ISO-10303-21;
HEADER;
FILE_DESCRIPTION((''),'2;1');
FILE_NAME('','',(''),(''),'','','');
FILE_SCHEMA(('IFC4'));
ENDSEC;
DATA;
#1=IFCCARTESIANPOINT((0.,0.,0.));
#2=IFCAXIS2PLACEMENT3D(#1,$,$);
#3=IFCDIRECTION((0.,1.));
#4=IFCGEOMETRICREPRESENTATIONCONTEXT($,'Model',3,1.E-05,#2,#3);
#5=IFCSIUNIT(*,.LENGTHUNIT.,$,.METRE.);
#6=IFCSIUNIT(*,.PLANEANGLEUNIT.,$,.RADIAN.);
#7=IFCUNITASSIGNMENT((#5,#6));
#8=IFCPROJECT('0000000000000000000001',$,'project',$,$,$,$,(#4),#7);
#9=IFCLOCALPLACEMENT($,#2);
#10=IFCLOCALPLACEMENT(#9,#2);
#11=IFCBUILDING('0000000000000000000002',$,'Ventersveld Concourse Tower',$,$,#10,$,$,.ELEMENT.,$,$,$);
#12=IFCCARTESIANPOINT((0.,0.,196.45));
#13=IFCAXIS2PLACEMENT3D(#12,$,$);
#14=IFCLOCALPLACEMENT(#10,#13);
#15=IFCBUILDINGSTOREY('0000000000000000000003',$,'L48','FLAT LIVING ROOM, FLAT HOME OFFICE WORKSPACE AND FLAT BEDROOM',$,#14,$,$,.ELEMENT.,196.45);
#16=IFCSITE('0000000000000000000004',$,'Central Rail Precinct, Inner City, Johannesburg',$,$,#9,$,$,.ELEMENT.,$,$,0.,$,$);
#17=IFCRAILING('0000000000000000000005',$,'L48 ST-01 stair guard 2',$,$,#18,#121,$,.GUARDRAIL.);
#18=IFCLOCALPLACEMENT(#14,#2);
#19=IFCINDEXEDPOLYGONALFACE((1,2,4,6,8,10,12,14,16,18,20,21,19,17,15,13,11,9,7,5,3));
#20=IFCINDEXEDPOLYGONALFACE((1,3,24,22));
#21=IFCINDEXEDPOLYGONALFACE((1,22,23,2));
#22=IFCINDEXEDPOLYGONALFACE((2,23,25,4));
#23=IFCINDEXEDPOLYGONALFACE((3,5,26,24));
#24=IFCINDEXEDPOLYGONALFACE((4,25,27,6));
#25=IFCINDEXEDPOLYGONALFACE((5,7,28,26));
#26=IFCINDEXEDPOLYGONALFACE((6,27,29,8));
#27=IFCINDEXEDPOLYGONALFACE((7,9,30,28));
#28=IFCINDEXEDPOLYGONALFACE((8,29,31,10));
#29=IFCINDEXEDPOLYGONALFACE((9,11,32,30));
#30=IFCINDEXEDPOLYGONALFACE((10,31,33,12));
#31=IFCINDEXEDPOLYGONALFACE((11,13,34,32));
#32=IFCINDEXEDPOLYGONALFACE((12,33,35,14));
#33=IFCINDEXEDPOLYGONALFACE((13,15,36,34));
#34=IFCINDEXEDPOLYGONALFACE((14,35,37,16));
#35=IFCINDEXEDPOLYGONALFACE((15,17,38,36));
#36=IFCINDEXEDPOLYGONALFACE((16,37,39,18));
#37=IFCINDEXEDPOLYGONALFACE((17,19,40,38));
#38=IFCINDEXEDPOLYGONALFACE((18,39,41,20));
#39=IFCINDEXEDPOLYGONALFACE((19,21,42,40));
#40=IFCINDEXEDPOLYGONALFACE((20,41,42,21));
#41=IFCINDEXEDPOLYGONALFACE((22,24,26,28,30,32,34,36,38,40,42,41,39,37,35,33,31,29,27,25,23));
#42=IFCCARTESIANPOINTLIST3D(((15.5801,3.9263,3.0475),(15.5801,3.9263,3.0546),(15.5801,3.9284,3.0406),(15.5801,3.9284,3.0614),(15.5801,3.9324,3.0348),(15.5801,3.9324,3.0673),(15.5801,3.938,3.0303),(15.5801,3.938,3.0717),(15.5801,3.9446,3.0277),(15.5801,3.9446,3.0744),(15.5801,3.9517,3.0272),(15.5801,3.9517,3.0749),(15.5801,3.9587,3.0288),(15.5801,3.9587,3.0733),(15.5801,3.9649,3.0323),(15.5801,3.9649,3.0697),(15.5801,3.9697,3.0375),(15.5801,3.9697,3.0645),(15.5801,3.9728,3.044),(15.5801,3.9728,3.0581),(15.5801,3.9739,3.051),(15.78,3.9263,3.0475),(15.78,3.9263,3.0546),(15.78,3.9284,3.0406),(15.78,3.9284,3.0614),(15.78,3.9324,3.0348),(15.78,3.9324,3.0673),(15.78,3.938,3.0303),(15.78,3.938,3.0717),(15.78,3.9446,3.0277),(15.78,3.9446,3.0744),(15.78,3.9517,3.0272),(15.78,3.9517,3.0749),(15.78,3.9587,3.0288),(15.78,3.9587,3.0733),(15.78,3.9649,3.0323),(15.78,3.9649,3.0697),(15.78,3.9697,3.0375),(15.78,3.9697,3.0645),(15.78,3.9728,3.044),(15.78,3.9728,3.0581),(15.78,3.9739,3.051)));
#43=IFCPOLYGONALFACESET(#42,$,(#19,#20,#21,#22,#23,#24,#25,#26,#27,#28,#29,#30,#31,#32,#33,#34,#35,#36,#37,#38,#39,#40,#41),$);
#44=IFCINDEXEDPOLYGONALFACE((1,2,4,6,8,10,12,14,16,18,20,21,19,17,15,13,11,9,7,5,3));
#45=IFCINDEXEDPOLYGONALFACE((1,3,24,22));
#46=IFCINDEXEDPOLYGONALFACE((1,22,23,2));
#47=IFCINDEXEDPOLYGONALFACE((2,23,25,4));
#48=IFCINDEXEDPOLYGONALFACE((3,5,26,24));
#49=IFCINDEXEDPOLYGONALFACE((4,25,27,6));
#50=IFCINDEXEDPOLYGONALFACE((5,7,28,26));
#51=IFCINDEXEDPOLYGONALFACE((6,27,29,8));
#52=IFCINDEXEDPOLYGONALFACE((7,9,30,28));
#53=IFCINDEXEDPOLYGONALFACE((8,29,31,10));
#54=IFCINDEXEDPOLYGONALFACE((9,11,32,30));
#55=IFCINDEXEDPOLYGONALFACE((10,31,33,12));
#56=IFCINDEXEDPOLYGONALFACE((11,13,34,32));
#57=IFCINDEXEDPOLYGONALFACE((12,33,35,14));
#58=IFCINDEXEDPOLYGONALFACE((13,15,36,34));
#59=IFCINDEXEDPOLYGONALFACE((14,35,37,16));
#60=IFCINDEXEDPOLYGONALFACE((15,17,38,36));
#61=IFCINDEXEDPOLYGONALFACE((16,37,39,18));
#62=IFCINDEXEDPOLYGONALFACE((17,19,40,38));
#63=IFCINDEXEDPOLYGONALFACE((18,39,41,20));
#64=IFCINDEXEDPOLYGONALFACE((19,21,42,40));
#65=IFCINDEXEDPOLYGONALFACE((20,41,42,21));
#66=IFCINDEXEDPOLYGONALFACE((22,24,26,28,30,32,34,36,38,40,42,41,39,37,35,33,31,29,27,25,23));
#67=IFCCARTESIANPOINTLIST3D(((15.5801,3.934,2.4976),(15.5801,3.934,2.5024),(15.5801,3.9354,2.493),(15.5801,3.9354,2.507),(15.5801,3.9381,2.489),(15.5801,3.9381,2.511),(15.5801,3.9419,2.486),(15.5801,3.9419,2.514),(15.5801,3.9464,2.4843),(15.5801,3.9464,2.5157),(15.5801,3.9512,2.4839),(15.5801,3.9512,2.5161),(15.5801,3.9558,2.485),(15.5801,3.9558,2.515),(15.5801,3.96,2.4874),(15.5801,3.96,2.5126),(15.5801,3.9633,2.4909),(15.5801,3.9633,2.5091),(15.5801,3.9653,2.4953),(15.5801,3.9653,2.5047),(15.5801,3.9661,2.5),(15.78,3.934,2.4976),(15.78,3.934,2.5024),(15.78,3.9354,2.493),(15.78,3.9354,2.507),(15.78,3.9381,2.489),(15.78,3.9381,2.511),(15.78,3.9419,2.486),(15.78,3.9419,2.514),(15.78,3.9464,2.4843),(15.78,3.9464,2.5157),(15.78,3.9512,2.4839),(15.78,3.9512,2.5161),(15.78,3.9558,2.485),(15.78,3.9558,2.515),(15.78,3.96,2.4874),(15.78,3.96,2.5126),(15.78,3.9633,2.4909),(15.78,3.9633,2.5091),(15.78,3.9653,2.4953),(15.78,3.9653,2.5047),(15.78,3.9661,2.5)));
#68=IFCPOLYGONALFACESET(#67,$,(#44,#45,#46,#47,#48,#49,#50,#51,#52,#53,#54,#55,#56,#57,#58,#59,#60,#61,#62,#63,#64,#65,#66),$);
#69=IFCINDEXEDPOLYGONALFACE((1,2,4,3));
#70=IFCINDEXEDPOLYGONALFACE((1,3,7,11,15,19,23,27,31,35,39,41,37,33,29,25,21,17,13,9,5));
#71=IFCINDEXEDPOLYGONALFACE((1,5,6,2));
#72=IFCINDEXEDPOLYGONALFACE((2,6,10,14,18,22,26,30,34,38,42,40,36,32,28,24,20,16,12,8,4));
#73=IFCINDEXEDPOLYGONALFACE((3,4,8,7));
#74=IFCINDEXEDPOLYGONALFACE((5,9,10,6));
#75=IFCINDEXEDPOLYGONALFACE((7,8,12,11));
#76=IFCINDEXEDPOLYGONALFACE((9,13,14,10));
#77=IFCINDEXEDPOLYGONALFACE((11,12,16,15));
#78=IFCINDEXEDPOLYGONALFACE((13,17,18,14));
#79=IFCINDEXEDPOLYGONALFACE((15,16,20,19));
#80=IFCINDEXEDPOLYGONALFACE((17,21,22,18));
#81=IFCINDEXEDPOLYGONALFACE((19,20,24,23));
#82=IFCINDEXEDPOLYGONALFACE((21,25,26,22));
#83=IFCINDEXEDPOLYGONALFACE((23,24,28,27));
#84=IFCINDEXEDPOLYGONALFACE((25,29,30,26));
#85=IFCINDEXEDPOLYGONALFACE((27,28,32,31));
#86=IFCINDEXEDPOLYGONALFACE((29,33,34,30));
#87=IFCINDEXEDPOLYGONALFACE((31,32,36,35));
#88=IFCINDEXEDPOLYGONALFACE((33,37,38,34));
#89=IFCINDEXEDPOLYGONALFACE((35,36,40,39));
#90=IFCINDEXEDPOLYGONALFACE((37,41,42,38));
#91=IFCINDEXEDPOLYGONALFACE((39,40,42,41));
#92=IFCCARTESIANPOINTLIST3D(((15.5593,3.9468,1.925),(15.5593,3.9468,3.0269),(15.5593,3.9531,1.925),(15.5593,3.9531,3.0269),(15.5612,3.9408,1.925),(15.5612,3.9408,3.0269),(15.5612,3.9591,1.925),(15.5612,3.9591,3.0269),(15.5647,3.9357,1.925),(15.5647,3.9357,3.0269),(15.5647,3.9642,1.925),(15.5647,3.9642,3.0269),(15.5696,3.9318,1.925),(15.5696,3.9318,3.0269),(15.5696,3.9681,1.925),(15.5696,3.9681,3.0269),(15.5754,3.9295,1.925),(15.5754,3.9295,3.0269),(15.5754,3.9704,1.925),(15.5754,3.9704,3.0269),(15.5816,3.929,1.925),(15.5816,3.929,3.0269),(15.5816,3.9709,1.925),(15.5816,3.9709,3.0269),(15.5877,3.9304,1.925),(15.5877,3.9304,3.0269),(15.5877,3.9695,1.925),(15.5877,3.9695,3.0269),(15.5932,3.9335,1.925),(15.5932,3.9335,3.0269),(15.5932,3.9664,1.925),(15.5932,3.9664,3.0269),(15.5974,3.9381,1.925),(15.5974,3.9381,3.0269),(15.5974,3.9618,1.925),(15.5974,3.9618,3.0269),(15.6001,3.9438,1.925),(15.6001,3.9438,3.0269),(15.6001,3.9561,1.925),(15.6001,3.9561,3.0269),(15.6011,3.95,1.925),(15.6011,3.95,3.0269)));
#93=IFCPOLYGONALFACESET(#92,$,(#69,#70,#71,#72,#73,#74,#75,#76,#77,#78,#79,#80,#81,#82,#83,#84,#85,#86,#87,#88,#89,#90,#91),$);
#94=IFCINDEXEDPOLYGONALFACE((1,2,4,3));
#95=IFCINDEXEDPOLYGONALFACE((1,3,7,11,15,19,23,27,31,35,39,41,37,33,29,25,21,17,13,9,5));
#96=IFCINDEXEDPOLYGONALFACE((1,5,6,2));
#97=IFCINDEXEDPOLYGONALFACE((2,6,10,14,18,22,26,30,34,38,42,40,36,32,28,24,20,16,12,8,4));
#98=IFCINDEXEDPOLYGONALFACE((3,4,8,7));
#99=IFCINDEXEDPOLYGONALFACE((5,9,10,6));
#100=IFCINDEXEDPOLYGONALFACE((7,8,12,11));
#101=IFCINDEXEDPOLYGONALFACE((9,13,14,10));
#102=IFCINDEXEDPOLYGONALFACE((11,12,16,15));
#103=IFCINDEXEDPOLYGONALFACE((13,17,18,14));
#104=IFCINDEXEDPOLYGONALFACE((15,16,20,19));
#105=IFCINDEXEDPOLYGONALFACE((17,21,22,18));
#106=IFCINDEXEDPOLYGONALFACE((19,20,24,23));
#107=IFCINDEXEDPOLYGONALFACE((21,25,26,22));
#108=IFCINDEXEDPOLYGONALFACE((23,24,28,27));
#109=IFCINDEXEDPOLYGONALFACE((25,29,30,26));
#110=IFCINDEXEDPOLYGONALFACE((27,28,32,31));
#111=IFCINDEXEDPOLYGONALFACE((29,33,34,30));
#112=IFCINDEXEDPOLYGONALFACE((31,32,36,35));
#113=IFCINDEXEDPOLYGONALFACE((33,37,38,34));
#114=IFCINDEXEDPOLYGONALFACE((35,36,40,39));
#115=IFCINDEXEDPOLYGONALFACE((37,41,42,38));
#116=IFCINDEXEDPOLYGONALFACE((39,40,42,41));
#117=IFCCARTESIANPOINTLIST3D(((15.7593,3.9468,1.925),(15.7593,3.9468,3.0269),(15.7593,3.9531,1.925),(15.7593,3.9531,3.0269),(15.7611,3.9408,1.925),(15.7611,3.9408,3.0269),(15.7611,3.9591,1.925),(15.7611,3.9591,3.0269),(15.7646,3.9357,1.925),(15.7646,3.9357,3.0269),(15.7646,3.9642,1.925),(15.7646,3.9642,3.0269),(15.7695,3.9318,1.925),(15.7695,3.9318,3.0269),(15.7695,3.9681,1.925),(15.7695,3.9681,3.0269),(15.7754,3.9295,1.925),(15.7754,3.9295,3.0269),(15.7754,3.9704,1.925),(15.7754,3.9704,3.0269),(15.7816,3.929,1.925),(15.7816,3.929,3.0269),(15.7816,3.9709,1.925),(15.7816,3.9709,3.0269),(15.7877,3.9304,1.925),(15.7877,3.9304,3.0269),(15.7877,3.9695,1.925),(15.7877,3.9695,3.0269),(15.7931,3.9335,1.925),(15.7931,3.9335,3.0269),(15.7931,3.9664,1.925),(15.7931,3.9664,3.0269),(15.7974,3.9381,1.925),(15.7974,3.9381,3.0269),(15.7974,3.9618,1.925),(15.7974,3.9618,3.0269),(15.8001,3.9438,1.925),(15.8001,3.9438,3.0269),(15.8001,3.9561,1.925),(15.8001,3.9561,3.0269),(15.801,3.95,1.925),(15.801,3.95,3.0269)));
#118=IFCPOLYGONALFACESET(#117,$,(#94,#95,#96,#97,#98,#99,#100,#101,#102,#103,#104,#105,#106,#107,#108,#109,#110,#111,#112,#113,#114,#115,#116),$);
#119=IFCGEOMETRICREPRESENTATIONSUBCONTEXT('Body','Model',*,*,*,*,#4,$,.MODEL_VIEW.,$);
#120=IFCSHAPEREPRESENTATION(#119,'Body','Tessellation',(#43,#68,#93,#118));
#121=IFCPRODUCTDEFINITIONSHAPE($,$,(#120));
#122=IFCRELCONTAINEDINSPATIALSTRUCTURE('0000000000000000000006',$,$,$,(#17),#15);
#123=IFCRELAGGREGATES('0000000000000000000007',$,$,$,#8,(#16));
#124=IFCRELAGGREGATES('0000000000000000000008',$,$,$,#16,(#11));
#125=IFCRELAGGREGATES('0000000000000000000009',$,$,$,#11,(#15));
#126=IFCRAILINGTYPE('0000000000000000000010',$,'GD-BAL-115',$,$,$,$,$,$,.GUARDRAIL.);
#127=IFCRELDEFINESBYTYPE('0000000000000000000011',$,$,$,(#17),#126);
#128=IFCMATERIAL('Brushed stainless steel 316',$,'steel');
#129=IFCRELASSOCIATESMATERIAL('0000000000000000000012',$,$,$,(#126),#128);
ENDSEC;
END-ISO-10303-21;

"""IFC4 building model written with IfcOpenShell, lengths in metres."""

from ifc_helpers import new_model, si_unit, direction, frame, origin, origin_2d, place, context, subcontext, project, spatial, circle, extrude, material, type_object, element, save


model = new_model("IFC4")

# Units and contexts
model_context = context("Model", 3, precision=1e-05, world=origin(), true_north=direction((0.0, 1.0)))
body_context = subcontext(model_context, "Body", "Model", "MODEL_VIEW")
ifc_project = project(units=[si_unit("LENGTHUNIT", "METRE"), si_unit("PLANEANGLEUNIT", "RADIAN")], contexts=[model_context])

# Site, building, storey
site_placement = place(None, origin())
site = spatial("IfcSite", under=ifc_project, at=site_placement, Name="Central Rail Precinct, Inner City, Johannesburg", CompositionType="ELEMENT", RefElevation=0.0)
building_placement = place(site_placement, origin())
building = spatial("IfcBuilding", under=site, at=building_placement, Name="Ventersveld Concourse Tower", CompositionType="ELEMENT")
storey_placement = place(building_placement, frame((0.0, 0.0, 196.45)))
storey = spatial("IfcBuildingStorey", under=building, at=storey_placement, Name="L48", Description="FLAT LIVING ROOM, FLAT HOME OFFICE WORKSPACE AND FLAT BEDROOM", CompositionType="ELEMENT", Elevation=196.45)

# Railing
ifc_material_1 = material(Name="Brushed stainless steel 316", Category="steel")
railing_type_1 = type_object("IfcRailingType", Name="GD-BAL-115", PredefinedType="GUARDRAIL", material=ifc_material_1)
railing_1_placement = place(storey_placement, frame((15.5801, 3.95, 1.925)))
element("IfcRailing", 1, at=railing_1_placement, inside=storey, type_object=railing_type_1, Name="L48 ST-01 stair guard 2", PredefinedType="GUARDRAIL", context=body_context, shape_type="SweptSolid", body=[
    extrude(circle(Radius=0.0239, at=origin_2d()), frame((0.0, 0.0, 1.126), z_axis=(1.0, 0.0, 0.0), x_axis=(0.0, 1.0, 0.0)), (0.0, 0.0, 1.0), 0.2),
    extrude(circle(Radius=0.0161, at=origin_2d()), frame((0.0, 0.0, 0.575), z_axis=(1.0, 0.0, 0.0), x_axis=(0.0, 1.0, 0.0)), (0.0, 0.0, 1.0), 0.2),
    extrude(circle(Radius=0.021, at=origin_2d()), origin(), (0.0, 0.0, 1.0), 1.1018),
    extrude(circle(Radius=0.021, at=origin_2d()), frame((0.2, 0.0, 0.0)), (0.0, 0.0, 1.0), 1.1018),
])

save(model, "model.ifc")
